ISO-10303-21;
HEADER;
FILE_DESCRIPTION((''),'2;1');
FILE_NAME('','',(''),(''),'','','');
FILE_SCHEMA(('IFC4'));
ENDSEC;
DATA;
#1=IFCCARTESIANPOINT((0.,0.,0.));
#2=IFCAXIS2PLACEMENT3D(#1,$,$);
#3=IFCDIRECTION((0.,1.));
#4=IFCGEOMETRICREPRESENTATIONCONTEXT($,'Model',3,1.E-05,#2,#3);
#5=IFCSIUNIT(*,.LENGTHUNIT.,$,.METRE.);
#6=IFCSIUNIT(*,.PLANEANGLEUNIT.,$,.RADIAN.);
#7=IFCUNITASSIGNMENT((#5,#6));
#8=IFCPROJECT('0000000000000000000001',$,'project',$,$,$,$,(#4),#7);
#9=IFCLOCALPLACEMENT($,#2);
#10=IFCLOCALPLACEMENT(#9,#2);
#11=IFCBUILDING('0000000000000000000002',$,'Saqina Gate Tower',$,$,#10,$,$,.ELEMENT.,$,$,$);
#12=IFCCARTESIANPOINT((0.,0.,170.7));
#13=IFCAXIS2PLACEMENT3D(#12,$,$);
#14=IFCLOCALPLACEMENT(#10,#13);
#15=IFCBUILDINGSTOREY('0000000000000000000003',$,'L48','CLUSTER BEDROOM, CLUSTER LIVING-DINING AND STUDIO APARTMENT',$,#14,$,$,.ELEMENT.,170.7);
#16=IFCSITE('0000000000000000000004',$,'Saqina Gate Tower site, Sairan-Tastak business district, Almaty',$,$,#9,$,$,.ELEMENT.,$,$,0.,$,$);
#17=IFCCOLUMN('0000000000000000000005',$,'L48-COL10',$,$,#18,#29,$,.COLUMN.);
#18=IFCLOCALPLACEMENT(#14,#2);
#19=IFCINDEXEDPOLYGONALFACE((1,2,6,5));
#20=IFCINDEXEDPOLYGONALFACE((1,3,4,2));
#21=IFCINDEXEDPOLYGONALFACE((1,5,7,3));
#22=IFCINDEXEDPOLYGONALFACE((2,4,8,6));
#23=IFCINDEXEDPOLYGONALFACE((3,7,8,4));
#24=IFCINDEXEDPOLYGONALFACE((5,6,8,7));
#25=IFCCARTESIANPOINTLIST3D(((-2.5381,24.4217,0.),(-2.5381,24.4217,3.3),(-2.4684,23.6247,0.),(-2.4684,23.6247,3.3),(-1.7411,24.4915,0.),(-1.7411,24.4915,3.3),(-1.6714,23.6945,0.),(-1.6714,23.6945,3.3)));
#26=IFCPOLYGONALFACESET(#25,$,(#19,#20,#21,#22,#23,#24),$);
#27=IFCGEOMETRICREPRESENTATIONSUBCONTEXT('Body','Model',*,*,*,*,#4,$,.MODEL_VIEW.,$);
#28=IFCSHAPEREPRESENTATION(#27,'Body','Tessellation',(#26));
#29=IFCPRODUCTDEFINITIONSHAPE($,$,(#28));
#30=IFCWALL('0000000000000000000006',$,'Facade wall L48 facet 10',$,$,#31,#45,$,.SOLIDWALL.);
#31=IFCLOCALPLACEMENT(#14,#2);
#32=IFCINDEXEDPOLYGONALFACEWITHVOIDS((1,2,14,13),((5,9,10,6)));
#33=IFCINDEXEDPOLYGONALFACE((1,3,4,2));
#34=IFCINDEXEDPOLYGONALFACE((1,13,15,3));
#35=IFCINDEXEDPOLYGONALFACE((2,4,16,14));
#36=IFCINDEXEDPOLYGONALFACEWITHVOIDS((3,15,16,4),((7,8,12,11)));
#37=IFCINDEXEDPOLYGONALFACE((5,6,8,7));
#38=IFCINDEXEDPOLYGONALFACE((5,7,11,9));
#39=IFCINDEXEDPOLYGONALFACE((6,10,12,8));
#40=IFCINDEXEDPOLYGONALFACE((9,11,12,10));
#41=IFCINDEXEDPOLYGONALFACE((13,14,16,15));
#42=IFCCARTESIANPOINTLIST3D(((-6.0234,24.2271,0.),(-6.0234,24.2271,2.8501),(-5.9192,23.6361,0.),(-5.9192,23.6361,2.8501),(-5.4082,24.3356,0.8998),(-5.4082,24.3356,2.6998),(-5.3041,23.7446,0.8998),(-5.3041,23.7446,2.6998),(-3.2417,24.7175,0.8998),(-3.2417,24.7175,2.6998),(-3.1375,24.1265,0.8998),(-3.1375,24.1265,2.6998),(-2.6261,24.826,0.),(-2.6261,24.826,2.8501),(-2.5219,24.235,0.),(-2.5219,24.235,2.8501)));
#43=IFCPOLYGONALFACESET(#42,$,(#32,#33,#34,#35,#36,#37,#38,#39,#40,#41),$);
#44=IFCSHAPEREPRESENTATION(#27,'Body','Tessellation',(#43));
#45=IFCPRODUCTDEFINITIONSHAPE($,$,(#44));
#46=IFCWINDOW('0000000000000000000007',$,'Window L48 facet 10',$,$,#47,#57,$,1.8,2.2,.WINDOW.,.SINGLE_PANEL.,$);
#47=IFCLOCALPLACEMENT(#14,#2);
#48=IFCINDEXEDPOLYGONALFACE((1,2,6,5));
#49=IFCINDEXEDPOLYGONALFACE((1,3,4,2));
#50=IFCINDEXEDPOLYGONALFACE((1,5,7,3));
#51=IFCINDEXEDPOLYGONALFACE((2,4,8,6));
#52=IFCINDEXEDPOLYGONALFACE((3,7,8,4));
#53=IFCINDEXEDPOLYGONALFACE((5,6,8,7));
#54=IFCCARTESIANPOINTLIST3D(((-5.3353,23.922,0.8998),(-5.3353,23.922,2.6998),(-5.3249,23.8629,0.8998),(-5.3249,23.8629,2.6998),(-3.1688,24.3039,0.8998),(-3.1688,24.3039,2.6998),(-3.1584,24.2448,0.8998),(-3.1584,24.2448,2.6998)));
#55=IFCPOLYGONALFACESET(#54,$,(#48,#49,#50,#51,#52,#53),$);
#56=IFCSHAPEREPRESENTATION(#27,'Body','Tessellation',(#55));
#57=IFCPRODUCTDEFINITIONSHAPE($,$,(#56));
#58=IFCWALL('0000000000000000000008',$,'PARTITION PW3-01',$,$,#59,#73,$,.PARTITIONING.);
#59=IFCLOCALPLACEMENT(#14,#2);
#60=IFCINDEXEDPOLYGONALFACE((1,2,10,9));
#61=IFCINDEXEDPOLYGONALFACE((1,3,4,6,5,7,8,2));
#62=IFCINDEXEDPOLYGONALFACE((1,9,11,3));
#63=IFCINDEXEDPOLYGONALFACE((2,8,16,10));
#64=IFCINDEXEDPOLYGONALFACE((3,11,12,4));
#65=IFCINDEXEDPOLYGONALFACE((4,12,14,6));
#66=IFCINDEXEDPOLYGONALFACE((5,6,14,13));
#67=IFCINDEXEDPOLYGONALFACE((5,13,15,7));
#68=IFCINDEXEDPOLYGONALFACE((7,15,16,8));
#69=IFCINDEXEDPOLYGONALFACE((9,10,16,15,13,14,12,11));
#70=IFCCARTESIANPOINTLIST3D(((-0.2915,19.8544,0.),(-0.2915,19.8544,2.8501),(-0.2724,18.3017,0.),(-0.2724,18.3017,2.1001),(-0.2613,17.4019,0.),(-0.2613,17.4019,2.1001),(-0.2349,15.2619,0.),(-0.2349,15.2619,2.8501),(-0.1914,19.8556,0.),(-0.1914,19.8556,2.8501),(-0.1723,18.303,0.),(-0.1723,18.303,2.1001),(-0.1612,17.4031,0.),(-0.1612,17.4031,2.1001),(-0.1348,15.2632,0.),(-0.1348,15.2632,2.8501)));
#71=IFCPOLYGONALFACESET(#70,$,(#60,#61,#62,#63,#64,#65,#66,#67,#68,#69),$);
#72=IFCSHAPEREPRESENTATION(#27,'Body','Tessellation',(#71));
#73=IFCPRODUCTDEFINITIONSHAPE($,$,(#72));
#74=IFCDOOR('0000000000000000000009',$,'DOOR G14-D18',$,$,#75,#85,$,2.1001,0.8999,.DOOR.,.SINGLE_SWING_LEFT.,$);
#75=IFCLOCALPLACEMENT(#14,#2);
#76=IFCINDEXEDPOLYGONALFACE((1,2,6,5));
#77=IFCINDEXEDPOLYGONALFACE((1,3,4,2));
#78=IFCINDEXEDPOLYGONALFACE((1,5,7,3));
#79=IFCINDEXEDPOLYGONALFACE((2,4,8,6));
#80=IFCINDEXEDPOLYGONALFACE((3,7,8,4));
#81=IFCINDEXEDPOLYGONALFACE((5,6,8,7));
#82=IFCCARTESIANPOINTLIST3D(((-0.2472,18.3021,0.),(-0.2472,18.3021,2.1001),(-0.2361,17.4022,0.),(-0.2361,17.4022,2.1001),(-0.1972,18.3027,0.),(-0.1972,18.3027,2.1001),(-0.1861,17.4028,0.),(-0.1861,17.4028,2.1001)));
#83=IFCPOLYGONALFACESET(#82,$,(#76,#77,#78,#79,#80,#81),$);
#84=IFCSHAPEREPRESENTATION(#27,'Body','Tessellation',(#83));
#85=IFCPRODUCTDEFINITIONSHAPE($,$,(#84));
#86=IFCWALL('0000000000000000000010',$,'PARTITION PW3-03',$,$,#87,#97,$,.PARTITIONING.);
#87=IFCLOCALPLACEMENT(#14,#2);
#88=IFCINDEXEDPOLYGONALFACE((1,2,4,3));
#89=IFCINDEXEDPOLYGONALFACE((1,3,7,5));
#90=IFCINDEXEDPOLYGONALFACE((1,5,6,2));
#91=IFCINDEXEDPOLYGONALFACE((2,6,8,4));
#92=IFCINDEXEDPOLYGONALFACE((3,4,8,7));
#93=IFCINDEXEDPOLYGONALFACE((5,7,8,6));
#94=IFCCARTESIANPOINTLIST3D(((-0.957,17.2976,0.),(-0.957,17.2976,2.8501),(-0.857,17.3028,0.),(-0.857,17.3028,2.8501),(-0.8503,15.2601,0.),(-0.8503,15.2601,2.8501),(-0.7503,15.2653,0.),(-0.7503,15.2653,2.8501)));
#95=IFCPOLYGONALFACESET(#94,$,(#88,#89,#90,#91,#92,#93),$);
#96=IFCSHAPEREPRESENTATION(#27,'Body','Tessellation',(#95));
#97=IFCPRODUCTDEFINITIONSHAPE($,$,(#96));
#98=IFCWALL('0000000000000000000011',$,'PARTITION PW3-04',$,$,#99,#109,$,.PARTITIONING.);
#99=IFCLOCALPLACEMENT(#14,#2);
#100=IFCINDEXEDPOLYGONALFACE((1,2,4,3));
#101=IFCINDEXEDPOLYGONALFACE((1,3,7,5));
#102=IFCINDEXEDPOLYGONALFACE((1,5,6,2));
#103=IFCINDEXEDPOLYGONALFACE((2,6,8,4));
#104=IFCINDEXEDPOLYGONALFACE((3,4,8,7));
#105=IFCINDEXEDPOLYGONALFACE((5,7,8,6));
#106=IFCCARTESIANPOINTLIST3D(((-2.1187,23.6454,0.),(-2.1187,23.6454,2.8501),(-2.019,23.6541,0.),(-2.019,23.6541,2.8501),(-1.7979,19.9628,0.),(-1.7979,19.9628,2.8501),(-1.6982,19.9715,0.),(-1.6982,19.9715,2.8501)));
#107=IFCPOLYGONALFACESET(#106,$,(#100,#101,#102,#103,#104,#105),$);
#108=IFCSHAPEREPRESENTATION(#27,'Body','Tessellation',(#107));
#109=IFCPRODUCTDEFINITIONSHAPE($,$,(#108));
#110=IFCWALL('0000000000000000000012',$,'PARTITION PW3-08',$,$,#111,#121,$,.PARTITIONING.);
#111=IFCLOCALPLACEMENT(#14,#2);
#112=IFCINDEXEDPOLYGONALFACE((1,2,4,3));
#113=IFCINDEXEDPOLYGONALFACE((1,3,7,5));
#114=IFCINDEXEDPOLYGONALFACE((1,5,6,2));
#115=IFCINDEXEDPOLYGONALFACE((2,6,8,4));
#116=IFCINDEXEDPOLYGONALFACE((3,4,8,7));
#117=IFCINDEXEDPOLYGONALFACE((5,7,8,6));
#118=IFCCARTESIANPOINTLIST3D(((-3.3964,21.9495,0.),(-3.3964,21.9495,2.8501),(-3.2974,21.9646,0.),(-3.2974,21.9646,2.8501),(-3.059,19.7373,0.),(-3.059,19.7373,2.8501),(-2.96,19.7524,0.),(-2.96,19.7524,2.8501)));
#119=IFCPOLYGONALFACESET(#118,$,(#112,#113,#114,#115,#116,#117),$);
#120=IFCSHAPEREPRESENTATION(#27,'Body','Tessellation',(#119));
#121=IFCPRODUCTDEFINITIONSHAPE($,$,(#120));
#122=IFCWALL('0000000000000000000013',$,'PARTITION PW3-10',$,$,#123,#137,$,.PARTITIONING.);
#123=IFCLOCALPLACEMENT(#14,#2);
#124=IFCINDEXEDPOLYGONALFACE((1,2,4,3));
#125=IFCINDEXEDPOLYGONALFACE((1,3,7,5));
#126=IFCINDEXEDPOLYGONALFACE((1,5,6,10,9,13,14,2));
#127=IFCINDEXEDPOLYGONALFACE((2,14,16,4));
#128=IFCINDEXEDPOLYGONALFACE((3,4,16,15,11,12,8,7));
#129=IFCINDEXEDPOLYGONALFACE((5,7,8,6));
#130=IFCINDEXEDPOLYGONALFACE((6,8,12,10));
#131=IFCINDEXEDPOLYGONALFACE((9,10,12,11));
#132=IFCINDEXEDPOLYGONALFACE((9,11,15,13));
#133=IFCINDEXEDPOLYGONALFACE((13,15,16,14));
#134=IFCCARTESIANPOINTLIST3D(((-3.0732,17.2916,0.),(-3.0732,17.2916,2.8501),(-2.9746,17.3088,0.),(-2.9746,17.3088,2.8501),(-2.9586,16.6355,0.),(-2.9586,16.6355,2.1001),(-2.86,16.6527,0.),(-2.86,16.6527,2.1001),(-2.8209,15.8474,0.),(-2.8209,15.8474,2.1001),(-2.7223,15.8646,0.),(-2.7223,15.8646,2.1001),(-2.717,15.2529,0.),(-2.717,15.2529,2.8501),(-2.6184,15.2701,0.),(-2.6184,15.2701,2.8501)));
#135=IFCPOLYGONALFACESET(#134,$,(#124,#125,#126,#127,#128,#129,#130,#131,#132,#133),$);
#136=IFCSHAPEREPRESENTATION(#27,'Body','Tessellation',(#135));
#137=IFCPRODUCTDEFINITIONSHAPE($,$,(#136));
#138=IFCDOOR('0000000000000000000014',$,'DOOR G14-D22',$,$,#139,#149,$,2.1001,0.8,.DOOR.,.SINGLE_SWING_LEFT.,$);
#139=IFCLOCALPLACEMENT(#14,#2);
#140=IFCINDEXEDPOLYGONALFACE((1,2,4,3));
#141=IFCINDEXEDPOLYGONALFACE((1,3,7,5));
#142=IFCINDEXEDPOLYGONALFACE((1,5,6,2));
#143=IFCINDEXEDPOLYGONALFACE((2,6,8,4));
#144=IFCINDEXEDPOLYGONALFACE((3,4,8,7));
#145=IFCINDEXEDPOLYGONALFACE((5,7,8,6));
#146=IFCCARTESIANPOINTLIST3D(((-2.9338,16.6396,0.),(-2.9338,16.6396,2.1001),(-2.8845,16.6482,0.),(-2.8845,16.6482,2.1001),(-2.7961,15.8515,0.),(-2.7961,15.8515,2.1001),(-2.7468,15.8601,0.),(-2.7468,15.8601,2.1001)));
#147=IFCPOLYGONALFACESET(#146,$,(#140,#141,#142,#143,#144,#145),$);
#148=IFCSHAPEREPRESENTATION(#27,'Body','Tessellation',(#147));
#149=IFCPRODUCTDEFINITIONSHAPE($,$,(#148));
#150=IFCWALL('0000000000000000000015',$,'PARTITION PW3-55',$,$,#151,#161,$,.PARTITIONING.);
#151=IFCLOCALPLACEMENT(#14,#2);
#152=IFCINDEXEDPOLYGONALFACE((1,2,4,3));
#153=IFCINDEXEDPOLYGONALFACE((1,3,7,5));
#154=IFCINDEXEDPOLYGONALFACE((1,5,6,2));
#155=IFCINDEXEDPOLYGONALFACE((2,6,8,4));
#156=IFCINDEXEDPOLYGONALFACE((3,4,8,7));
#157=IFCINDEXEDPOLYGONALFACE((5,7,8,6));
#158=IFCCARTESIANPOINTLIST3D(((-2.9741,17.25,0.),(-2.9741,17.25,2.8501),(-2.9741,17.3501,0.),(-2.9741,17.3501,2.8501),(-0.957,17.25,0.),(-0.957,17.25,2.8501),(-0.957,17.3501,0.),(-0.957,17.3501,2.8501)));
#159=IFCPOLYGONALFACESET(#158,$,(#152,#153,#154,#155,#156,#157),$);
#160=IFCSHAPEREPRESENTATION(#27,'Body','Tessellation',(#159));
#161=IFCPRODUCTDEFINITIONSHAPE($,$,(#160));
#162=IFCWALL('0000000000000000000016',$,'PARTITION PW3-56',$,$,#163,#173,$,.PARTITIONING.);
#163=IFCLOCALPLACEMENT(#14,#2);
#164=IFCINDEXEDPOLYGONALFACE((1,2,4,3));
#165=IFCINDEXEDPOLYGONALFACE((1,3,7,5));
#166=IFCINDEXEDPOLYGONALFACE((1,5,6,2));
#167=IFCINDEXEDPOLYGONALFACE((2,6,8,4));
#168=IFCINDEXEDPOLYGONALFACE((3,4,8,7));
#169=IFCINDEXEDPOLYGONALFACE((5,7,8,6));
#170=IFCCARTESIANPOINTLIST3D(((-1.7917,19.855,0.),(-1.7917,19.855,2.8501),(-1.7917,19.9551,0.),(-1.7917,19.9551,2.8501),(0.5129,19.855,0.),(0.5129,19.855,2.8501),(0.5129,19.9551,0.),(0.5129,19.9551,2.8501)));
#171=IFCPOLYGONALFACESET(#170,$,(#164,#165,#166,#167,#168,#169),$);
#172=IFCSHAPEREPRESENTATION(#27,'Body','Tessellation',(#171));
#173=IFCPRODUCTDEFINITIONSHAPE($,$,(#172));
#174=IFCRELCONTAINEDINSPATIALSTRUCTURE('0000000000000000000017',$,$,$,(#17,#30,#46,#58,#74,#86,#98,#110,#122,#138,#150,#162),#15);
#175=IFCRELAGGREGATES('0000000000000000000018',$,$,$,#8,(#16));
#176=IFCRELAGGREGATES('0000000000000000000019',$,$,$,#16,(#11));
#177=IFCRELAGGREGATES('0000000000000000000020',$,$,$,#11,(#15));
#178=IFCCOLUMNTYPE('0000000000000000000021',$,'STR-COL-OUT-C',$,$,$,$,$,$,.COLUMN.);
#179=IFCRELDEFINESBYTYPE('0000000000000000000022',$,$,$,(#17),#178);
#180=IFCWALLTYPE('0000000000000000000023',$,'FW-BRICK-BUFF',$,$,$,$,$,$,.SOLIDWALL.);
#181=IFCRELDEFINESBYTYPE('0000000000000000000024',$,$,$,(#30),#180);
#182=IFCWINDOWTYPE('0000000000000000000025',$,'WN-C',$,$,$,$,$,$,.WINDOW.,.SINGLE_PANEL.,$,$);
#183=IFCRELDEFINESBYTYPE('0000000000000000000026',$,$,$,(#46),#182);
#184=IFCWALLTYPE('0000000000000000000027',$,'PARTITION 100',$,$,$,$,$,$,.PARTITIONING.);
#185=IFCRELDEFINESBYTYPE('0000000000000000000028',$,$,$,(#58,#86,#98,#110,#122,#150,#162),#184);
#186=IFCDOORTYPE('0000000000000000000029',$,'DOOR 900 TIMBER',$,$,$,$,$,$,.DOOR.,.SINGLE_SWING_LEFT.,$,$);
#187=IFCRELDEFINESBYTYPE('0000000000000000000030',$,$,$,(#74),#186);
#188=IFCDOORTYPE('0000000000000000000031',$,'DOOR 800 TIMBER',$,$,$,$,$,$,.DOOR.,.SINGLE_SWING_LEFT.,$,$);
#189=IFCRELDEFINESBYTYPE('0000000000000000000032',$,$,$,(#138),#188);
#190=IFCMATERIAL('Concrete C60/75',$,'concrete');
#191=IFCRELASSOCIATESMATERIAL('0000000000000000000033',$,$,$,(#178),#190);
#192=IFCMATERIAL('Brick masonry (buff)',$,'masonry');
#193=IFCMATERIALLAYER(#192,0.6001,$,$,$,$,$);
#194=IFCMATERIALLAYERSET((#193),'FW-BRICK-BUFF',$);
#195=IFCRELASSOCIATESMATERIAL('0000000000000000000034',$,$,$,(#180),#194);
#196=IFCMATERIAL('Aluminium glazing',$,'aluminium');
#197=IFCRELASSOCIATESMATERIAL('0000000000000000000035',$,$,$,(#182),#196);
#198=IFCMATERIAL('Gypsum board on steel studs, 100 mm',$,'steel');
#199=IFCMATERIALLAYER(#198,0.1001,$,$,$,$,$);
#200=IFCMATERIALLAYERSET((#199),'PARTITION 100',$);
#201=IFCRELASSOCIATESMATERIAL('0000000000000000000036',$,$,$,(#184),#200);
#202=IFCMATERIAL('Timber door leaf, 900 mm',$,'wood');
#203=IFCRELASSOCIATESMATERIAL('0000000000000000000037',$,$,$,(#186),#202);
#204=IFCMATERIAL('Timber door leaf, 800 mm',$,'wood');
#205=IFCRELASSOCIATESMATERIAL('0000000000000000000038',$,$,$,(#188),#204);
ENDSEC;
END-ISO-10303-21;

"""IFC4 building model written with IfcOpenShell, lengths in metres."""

from ifc_helpers import new_model, si_unit, direction, frame, frame_2d, origin, origin_2d, place, context, subcontext, project, spatial, rectangle, extrude, material, layer, layer_set, material_profile, profile_set, type_object, element, fill, save


model = new_model("IFC4")

# Units and contexts
model_context = context("Model", 3, precision=1e-05, world=origin(), true_north=direction((0.0, 1.0)))
body_context = subcontext(model_context, "Body", "Model", "MODEL_VIEW")
ifc_project = project(units=[si_unit("LENGTHUNIT", "METRE"), si_unit("PLANEANGLEUNIT", "RADIAN")], contexts=[model_context])

# Site, building, storey
site_placement = place(None, origin())
site = spatial("IfcSite", under=ifc_project, at=site_placement, Name="Saqina Gate Tower site, Sairan-Tastak business district, Almaty", CompositionType="ELEMENT", RefElevation=0.0)
building_placement = place(site_placement, origin())
building = spatial("IfcBuilding", under=site, at=building_placement, Name="Saqina Gate Tower", CompositionType="ELEMENT")
storey_placement = place(building_placement, frame((0.0, 0.0, 170.7)))
storey = spatial("IfcBuildingStorey", under=building, at=storey_placement, Name="L48", Description="CLUSTER BEDROOM, CLUSTER LIVING-DINING AND STUDIO APARTMENT", CompositionType="ELEMENT", Elevation=170.7)

# Column
ifc_material_1 = material(Name="Concrete C60/75", Category="concrete")
ifc_material_profile = material_profile(ifc_material_1, rectangle(XDim=0.8, YDim=0.8, at=origin_2d()), Name="RC 800x800")
ifc_profile_set = profile_set([ifc_material_profile], Name="Concrete C60/75")
column_type = type_object("IfcColumnType", Name="STR-COL-OUT-C", PredefinedType="COLUMN", material=ifc_profile_set)
column_placement = place(storey_placement, frame((-2.1047, 24.0581, 0.0), z_axis=(0.0, 0.0, 1.0), x_axis=(-0.087156, 0.996195, 0.0)))
element("IfcColumn", 1, at=column_placement, inside=storey, type_object=column_type, Name="L48-COL10", PredefinedType="COLUMN", context=body_context, shape_type="SweptSolid", body=[
    extrude(rectangle(XDim=0.8, YDim=0.8, at=origin_2d()), origin(), (0.0, 0.0, 1.0), 3.3),
])

# Wall, opening, window
ifc_material_2 = material(Name="Brick masonry (buff)", Category="masonry")
ifc_layer_1 = layer(ifc_material_2, 0.6001)
ifc_layer_set_1 = layer_set([ifc_layer_1], Name="FW-BRICK-BUFF")
wall_type_1 = type_object("IfcWallType", Name="FW-BRICK-BUFF", PredefinedType="SOLIDWALL", material=ifc_layer_set_1)
wall_1_placement = place(storey_placement, frame((-2.574, 24.5305, 0.0), z_axis=(0.0, 0.0, 1.0), x_axis=(-0.984815, -0.173608, 0.0)))
wall_1 = element("IfcWall", 2, at=wall_1_placement, inside=storey, type_object=wall_type_1, Name="Facade wall L48 facet 10", PredefinedType="SOLIDWALL", context=body_context, shape_type="SweptSolid", body=[
    extrude(rectangle(XDim=3.4497, YDim=0.6001, at=frame_2d((1.7249, 0.0))), origin(), (0.0, 0.0, 1.0), 2.8501),
])
opening_1_placement = place(wall_1_placement, frame((0.625, 0.0, 0.8999)))
opening_1 = element("IfcOpeningElement", 3, at=opening_1_placement, cuts=wall_1, PredefinedType="OPENING", context=body_context, shape_type="SweptSolid", body=[
    extrude(rectangle(XDim=2.2, YDim=1.8, at=frame_2d((1.1001, 0.8999))), frame((0.0, 0.312, 0.0), z_axis=(0.0, -1.0, 0.0), x_axis=(1.0, 0.0, 0.0)), (0.0, 0.0, 1.0), 0.624),
])
ifc_material_3 = material(Name="Aluminium glazing", Category="aluminium")
window_type = type_object("IfcWindowType", Name="WN-C", PartitioningType="SINGLE_PANEL", PredefinedType="WINDOW", material=ifc_material_3)
window_placement = place(opening_1_placement, origin())
window = element("IfcWindow", 4, at=window_placement, inside=storey, type_object=window_type, Name="Window L48 facet 10", OverallHeight=1.8, OverallWidth=2.2, PartitioningType="SINGLE_PANEL", PredefinedType="WINDOW", context=body_context, shape_type="SweptSolid", body=[
    extrude(rectangle(XDim=2.2, YDim=1.8, at=frame_2d((1.1001, 0.8999))), frame((0.0, 0.1799, 0.0), z_axis=(0.0, -1.0, 0.0), x_axis=(1.0, 0.0, 0.0)), (0.0, 0.0, 1.0), 0.0601),
])
fill(opening_1, window)

# Wall, opening, door
ifc_material_4 = material(Name="Gypsum board on steel studs, 100 mm", Category="steel")
ifc_layer_2 = layer(ifc_material_4, 0.1001)
ifc_layer_set_2 = layer_set([ifc_layer_2], Name="PARTITION 100")
wall_type_2 = type_object("IfcWallType", Name="PARTITION 100", PredefinedType="PARTITIONING", material=ifc_layer_set_2)
wall_2_placement = place(storey_placement, frame((-0.2415, 19.855, 0.0), z_axis=(0.0, 0.0, 1.0), x_axis=(0.012332, -0.999924, 0.0)))
wall_2 = element("IfcWall", 5, at=wall_2_placement, inside=storey, type_object=wall_type_2, Name="PARTITION PW3-01", PredefinedType="PARTITIONING", context=body_context, shape_type="SweptSolid", body=[
    extrude(rectangle(XDim=4.5928, YDim=0.1001, at=frame_2d((2.2964, 0.0))), origin(), (0.0, 0.0, 1.0), 2.8501),
])
opening_2_placement = place(wall_2_placement, frame((1.5527, 0.0, 0.0)))
opening_2 = element("IfcOpeningElement", 6, at=opening_2_placement, cuts=wall_2, PredefinedType="OPENING", context=body_context, shape_type="SweptSolid", body=[
    extrude(rectangle(XDim=0.8999, YDim=2.1001, at=frame_2d((0.45, 1.05))), frame((0.0, 0.062, 0.0), z_axis=(0.0, -1.0, 0.0), x_axis=(1.0, 0.0, 0.0)), (0.0, 0.0, 1.0), 0.124),
])
ifc_material_5 = material(Name="Timber door leaf, 900 mm", Category="wood")
door_type_1 = type_object("IfcDoorType", Name="DOOR 900 TIMBER", OperationType="SINGLE_SWING_LEFT", PredefinedType="DOOR", material=ifc_material_5)
door_1_placement = place(opening_2_placement, frame((0.8999, 0.0, 0.0), z_axis=(0.0, 0.0, 1.0), x_axis=(-1.0, 0.0, 0.0)))
door_1 = element("IfcDoor", 7, at=door_1_placement, inside=storey, type_object=door_type_1, Name="DOOR G14-D18", OperationType="SINGLE_SWING_LEFT", OverallHeight=2.1001, OverallWidth=0.8999, PredefinedType="DOOR", context=body_context, shape_type="SweptSolid", body=[
    extrude(rectangle(XDim=0.8999, YDim=2.1001, at=frame_2d((0.45, 1.05))), frame((0.0, 0.0249, 0.0), z_axis=(0.0, -1.0, 0.0), x_axis=(1.0, 0.0, 0.0)), (0.0, 0.0, 1.0), 0.05),
])
fill(opening_2, door_1)

# Walls
wall_3_placement = place(storey_placement, frame((-0.907, 17.3, 0.0), z_axis=(0.0, 0.0, 1.0), x_axis=(0.052289, -0.998632, 0.0)))
element("IfcWall", 8, at=wall_3_placement, inside=storey, type_object=wall_type_2, Name="PARTITION PW3-03", PredefinedType="PARTITIONING", context=body_context, shape_type="SweptSolid", body=[
    extrude(rectangle(XDim=2.0403, YDim=0.1001, at=frame_2d((1.02, 0.0))), origin(), (0.0, 0.0, 1.0), 2.8501),
])
wall_4_placement = place(storey_placement, frame((-2.0688, 23.6497, 0.0), z_axis=(0.0, 0.0, 1.0), x_axis=(0.086784, -0.996227, 0.0)))
element("IfcWall", 9, at=wall_4_placement, inside=storey, type_object=wall_type_2, Name="PARTITION PW3-04", PredefinedType="PARTITIONING", context=body_context, shape_type="SweptSolid", body=[
    extrude(rectangle(XDim=3.6965, YDim=0.1001, at=frame_2d((1.8481, 0.0))), origin(), (0.0, 0.0, 1.0), 2.8501),
])
wall_5_placement = place(storey_placement, frame((-3.3469, 21.957, 0.0), z_axis=(0.0, 0.0, 1.0), x_axis=(0.150778, -0.988568, 0.0)))
element("IfcWall", 10, at=wall_5_placement, inside=storey, type_object=wall_type_2, Name="PARTITION PW3-08", PredefinedType="PARTITIONING", context=body_context, shape_type="SweptSolid", body=[
    extrude(rectangle(XDim=2.2378, YDim=0.1001, at=frame_2d((1.1189, 0.0))), origin(), (0.0, 0.0, 1.0), 2.8501),
])

# Wall, opening, door
wall_6_placement = place(storey_placement, frame((-3.0239, 17.3, 0.0), z_axis=(0.0, 0.0, 1.0), x_axis=(0.172123, -0.985076, 0.0)))
wall_6 = element("IfcWall", 11, at=wall_6_placement, inside=storey, type_object=wall_type_2, Name="PARTITION PW3-10", PredefinedType="PARTITIONING", context=body_context, shape_type="SweptSolid", body=[
    extrude(rectangle(XDim=2.0696, YDim=0.1001, at=frame_2d((1.0347, 0.0))), origin(), (0.0, 0.0, 1.0), 2.8501),
])
opening_3_placement = place(wall_6_placement, frame((0.666, 0.0, 0.0)))
opening_3 = element("IfcOpeningElement", 12, at=opening_3_placement, cuts=wall_6, PredefinedType="OPENING", context=body_context, shape_type="SweptSolid", body=[
    extrude(rectangle(XDim=0.8, YDim=2.1001, at=frame_2d((0.3999, 1.05))), frame((0.0, 0.062, 0.0), z_axis=(0.0, -1.0, 0.0), x_axis=(1.0, 0.0, 0.0)), (0.0, 0.0, 1.0), 0.124),
])
ifc_material_6 = material(Name="Timber door leaf, 800 mm", Category="wood")
door_type_2 = type_object("IfcDoorType", Name="DOOR 800 TIMBER", OperationType="SINGLE_SWING_LEFT", PredefinedType="DOOR", material=ifc_material_6)
door_2_placement = place(opening_3_placement, frame((0.8, 0.0, 0.0), z_axis=(0.0, 0.0, 1.0), x_axis=(-1.0, 0.0, 0.0)))
door_2 = element("IfcDoor", 13, at=door_2_placement, inside=storey, type_object=door_type_2, Name="DOOR G14-D22", OperationType="SINGLE_SWING_LEFT", OverallHeight=2.1001, OverallWidth=0.8, PredefinedType="DOOR", context=body_context, shape_type="SweptSolid", body=[
    extrude(rectangle(XDim=0.8, YDim=2.1001, at=frame_2d((0.3999, 1.05))), frame((0.0, 0.0249, 0.0), z_axis=(0.0, -1.0, 0.0), x_axis=(1.0, 0.0, 0.0)), (0.0, 0.0, 1.0), 0.05),
])
fill(opening_3, door_2)

# Walls
wall_7_placement = place(storey_placement, frame((-2.9741, 17.3, 0.0), z_axis=(0.0, 0.0, 1.0), x_axis=(1.0, 0.0, 0.0)))
element("IfcWall", 14, at=wall_7_placement, inside=storey, type_object=wall_type_2, Name="PARTITION PW3-55", PredefinedType="PARTITIONING", context=body_context, shape_type="SweptSolid", body=[
    extrude(rectangle(XDim=2.0171, YDim=0.1001, at=frame_2d((1.0085, 0.0))), origin(), (0.0, 0.0, 1.0), 2.8501),
])
wall_8_placement = place(storey_placement, frame((-1.7917, 19.905, 0.0), z_axis=(0.0, 0.0, 1.0), x_axis=(1.0, 0.0, 0.0)))
element("IfcWall", 15, at=wall_8_placement, inside=storey, type_object=wall_type_2, Name="PARTITION PW3-56", PredefinedType="PARTITIONING", context=body_context, shape_type="SweptSolid", body=[
    extrude(rectangle(XDim=2.3047, YDim=0.1001, at=frame_2d((1.1523, 0.0))), origin(), (0.0, 0.0, 1.0), 2.8501),
])

save(model, "model.ifc")
